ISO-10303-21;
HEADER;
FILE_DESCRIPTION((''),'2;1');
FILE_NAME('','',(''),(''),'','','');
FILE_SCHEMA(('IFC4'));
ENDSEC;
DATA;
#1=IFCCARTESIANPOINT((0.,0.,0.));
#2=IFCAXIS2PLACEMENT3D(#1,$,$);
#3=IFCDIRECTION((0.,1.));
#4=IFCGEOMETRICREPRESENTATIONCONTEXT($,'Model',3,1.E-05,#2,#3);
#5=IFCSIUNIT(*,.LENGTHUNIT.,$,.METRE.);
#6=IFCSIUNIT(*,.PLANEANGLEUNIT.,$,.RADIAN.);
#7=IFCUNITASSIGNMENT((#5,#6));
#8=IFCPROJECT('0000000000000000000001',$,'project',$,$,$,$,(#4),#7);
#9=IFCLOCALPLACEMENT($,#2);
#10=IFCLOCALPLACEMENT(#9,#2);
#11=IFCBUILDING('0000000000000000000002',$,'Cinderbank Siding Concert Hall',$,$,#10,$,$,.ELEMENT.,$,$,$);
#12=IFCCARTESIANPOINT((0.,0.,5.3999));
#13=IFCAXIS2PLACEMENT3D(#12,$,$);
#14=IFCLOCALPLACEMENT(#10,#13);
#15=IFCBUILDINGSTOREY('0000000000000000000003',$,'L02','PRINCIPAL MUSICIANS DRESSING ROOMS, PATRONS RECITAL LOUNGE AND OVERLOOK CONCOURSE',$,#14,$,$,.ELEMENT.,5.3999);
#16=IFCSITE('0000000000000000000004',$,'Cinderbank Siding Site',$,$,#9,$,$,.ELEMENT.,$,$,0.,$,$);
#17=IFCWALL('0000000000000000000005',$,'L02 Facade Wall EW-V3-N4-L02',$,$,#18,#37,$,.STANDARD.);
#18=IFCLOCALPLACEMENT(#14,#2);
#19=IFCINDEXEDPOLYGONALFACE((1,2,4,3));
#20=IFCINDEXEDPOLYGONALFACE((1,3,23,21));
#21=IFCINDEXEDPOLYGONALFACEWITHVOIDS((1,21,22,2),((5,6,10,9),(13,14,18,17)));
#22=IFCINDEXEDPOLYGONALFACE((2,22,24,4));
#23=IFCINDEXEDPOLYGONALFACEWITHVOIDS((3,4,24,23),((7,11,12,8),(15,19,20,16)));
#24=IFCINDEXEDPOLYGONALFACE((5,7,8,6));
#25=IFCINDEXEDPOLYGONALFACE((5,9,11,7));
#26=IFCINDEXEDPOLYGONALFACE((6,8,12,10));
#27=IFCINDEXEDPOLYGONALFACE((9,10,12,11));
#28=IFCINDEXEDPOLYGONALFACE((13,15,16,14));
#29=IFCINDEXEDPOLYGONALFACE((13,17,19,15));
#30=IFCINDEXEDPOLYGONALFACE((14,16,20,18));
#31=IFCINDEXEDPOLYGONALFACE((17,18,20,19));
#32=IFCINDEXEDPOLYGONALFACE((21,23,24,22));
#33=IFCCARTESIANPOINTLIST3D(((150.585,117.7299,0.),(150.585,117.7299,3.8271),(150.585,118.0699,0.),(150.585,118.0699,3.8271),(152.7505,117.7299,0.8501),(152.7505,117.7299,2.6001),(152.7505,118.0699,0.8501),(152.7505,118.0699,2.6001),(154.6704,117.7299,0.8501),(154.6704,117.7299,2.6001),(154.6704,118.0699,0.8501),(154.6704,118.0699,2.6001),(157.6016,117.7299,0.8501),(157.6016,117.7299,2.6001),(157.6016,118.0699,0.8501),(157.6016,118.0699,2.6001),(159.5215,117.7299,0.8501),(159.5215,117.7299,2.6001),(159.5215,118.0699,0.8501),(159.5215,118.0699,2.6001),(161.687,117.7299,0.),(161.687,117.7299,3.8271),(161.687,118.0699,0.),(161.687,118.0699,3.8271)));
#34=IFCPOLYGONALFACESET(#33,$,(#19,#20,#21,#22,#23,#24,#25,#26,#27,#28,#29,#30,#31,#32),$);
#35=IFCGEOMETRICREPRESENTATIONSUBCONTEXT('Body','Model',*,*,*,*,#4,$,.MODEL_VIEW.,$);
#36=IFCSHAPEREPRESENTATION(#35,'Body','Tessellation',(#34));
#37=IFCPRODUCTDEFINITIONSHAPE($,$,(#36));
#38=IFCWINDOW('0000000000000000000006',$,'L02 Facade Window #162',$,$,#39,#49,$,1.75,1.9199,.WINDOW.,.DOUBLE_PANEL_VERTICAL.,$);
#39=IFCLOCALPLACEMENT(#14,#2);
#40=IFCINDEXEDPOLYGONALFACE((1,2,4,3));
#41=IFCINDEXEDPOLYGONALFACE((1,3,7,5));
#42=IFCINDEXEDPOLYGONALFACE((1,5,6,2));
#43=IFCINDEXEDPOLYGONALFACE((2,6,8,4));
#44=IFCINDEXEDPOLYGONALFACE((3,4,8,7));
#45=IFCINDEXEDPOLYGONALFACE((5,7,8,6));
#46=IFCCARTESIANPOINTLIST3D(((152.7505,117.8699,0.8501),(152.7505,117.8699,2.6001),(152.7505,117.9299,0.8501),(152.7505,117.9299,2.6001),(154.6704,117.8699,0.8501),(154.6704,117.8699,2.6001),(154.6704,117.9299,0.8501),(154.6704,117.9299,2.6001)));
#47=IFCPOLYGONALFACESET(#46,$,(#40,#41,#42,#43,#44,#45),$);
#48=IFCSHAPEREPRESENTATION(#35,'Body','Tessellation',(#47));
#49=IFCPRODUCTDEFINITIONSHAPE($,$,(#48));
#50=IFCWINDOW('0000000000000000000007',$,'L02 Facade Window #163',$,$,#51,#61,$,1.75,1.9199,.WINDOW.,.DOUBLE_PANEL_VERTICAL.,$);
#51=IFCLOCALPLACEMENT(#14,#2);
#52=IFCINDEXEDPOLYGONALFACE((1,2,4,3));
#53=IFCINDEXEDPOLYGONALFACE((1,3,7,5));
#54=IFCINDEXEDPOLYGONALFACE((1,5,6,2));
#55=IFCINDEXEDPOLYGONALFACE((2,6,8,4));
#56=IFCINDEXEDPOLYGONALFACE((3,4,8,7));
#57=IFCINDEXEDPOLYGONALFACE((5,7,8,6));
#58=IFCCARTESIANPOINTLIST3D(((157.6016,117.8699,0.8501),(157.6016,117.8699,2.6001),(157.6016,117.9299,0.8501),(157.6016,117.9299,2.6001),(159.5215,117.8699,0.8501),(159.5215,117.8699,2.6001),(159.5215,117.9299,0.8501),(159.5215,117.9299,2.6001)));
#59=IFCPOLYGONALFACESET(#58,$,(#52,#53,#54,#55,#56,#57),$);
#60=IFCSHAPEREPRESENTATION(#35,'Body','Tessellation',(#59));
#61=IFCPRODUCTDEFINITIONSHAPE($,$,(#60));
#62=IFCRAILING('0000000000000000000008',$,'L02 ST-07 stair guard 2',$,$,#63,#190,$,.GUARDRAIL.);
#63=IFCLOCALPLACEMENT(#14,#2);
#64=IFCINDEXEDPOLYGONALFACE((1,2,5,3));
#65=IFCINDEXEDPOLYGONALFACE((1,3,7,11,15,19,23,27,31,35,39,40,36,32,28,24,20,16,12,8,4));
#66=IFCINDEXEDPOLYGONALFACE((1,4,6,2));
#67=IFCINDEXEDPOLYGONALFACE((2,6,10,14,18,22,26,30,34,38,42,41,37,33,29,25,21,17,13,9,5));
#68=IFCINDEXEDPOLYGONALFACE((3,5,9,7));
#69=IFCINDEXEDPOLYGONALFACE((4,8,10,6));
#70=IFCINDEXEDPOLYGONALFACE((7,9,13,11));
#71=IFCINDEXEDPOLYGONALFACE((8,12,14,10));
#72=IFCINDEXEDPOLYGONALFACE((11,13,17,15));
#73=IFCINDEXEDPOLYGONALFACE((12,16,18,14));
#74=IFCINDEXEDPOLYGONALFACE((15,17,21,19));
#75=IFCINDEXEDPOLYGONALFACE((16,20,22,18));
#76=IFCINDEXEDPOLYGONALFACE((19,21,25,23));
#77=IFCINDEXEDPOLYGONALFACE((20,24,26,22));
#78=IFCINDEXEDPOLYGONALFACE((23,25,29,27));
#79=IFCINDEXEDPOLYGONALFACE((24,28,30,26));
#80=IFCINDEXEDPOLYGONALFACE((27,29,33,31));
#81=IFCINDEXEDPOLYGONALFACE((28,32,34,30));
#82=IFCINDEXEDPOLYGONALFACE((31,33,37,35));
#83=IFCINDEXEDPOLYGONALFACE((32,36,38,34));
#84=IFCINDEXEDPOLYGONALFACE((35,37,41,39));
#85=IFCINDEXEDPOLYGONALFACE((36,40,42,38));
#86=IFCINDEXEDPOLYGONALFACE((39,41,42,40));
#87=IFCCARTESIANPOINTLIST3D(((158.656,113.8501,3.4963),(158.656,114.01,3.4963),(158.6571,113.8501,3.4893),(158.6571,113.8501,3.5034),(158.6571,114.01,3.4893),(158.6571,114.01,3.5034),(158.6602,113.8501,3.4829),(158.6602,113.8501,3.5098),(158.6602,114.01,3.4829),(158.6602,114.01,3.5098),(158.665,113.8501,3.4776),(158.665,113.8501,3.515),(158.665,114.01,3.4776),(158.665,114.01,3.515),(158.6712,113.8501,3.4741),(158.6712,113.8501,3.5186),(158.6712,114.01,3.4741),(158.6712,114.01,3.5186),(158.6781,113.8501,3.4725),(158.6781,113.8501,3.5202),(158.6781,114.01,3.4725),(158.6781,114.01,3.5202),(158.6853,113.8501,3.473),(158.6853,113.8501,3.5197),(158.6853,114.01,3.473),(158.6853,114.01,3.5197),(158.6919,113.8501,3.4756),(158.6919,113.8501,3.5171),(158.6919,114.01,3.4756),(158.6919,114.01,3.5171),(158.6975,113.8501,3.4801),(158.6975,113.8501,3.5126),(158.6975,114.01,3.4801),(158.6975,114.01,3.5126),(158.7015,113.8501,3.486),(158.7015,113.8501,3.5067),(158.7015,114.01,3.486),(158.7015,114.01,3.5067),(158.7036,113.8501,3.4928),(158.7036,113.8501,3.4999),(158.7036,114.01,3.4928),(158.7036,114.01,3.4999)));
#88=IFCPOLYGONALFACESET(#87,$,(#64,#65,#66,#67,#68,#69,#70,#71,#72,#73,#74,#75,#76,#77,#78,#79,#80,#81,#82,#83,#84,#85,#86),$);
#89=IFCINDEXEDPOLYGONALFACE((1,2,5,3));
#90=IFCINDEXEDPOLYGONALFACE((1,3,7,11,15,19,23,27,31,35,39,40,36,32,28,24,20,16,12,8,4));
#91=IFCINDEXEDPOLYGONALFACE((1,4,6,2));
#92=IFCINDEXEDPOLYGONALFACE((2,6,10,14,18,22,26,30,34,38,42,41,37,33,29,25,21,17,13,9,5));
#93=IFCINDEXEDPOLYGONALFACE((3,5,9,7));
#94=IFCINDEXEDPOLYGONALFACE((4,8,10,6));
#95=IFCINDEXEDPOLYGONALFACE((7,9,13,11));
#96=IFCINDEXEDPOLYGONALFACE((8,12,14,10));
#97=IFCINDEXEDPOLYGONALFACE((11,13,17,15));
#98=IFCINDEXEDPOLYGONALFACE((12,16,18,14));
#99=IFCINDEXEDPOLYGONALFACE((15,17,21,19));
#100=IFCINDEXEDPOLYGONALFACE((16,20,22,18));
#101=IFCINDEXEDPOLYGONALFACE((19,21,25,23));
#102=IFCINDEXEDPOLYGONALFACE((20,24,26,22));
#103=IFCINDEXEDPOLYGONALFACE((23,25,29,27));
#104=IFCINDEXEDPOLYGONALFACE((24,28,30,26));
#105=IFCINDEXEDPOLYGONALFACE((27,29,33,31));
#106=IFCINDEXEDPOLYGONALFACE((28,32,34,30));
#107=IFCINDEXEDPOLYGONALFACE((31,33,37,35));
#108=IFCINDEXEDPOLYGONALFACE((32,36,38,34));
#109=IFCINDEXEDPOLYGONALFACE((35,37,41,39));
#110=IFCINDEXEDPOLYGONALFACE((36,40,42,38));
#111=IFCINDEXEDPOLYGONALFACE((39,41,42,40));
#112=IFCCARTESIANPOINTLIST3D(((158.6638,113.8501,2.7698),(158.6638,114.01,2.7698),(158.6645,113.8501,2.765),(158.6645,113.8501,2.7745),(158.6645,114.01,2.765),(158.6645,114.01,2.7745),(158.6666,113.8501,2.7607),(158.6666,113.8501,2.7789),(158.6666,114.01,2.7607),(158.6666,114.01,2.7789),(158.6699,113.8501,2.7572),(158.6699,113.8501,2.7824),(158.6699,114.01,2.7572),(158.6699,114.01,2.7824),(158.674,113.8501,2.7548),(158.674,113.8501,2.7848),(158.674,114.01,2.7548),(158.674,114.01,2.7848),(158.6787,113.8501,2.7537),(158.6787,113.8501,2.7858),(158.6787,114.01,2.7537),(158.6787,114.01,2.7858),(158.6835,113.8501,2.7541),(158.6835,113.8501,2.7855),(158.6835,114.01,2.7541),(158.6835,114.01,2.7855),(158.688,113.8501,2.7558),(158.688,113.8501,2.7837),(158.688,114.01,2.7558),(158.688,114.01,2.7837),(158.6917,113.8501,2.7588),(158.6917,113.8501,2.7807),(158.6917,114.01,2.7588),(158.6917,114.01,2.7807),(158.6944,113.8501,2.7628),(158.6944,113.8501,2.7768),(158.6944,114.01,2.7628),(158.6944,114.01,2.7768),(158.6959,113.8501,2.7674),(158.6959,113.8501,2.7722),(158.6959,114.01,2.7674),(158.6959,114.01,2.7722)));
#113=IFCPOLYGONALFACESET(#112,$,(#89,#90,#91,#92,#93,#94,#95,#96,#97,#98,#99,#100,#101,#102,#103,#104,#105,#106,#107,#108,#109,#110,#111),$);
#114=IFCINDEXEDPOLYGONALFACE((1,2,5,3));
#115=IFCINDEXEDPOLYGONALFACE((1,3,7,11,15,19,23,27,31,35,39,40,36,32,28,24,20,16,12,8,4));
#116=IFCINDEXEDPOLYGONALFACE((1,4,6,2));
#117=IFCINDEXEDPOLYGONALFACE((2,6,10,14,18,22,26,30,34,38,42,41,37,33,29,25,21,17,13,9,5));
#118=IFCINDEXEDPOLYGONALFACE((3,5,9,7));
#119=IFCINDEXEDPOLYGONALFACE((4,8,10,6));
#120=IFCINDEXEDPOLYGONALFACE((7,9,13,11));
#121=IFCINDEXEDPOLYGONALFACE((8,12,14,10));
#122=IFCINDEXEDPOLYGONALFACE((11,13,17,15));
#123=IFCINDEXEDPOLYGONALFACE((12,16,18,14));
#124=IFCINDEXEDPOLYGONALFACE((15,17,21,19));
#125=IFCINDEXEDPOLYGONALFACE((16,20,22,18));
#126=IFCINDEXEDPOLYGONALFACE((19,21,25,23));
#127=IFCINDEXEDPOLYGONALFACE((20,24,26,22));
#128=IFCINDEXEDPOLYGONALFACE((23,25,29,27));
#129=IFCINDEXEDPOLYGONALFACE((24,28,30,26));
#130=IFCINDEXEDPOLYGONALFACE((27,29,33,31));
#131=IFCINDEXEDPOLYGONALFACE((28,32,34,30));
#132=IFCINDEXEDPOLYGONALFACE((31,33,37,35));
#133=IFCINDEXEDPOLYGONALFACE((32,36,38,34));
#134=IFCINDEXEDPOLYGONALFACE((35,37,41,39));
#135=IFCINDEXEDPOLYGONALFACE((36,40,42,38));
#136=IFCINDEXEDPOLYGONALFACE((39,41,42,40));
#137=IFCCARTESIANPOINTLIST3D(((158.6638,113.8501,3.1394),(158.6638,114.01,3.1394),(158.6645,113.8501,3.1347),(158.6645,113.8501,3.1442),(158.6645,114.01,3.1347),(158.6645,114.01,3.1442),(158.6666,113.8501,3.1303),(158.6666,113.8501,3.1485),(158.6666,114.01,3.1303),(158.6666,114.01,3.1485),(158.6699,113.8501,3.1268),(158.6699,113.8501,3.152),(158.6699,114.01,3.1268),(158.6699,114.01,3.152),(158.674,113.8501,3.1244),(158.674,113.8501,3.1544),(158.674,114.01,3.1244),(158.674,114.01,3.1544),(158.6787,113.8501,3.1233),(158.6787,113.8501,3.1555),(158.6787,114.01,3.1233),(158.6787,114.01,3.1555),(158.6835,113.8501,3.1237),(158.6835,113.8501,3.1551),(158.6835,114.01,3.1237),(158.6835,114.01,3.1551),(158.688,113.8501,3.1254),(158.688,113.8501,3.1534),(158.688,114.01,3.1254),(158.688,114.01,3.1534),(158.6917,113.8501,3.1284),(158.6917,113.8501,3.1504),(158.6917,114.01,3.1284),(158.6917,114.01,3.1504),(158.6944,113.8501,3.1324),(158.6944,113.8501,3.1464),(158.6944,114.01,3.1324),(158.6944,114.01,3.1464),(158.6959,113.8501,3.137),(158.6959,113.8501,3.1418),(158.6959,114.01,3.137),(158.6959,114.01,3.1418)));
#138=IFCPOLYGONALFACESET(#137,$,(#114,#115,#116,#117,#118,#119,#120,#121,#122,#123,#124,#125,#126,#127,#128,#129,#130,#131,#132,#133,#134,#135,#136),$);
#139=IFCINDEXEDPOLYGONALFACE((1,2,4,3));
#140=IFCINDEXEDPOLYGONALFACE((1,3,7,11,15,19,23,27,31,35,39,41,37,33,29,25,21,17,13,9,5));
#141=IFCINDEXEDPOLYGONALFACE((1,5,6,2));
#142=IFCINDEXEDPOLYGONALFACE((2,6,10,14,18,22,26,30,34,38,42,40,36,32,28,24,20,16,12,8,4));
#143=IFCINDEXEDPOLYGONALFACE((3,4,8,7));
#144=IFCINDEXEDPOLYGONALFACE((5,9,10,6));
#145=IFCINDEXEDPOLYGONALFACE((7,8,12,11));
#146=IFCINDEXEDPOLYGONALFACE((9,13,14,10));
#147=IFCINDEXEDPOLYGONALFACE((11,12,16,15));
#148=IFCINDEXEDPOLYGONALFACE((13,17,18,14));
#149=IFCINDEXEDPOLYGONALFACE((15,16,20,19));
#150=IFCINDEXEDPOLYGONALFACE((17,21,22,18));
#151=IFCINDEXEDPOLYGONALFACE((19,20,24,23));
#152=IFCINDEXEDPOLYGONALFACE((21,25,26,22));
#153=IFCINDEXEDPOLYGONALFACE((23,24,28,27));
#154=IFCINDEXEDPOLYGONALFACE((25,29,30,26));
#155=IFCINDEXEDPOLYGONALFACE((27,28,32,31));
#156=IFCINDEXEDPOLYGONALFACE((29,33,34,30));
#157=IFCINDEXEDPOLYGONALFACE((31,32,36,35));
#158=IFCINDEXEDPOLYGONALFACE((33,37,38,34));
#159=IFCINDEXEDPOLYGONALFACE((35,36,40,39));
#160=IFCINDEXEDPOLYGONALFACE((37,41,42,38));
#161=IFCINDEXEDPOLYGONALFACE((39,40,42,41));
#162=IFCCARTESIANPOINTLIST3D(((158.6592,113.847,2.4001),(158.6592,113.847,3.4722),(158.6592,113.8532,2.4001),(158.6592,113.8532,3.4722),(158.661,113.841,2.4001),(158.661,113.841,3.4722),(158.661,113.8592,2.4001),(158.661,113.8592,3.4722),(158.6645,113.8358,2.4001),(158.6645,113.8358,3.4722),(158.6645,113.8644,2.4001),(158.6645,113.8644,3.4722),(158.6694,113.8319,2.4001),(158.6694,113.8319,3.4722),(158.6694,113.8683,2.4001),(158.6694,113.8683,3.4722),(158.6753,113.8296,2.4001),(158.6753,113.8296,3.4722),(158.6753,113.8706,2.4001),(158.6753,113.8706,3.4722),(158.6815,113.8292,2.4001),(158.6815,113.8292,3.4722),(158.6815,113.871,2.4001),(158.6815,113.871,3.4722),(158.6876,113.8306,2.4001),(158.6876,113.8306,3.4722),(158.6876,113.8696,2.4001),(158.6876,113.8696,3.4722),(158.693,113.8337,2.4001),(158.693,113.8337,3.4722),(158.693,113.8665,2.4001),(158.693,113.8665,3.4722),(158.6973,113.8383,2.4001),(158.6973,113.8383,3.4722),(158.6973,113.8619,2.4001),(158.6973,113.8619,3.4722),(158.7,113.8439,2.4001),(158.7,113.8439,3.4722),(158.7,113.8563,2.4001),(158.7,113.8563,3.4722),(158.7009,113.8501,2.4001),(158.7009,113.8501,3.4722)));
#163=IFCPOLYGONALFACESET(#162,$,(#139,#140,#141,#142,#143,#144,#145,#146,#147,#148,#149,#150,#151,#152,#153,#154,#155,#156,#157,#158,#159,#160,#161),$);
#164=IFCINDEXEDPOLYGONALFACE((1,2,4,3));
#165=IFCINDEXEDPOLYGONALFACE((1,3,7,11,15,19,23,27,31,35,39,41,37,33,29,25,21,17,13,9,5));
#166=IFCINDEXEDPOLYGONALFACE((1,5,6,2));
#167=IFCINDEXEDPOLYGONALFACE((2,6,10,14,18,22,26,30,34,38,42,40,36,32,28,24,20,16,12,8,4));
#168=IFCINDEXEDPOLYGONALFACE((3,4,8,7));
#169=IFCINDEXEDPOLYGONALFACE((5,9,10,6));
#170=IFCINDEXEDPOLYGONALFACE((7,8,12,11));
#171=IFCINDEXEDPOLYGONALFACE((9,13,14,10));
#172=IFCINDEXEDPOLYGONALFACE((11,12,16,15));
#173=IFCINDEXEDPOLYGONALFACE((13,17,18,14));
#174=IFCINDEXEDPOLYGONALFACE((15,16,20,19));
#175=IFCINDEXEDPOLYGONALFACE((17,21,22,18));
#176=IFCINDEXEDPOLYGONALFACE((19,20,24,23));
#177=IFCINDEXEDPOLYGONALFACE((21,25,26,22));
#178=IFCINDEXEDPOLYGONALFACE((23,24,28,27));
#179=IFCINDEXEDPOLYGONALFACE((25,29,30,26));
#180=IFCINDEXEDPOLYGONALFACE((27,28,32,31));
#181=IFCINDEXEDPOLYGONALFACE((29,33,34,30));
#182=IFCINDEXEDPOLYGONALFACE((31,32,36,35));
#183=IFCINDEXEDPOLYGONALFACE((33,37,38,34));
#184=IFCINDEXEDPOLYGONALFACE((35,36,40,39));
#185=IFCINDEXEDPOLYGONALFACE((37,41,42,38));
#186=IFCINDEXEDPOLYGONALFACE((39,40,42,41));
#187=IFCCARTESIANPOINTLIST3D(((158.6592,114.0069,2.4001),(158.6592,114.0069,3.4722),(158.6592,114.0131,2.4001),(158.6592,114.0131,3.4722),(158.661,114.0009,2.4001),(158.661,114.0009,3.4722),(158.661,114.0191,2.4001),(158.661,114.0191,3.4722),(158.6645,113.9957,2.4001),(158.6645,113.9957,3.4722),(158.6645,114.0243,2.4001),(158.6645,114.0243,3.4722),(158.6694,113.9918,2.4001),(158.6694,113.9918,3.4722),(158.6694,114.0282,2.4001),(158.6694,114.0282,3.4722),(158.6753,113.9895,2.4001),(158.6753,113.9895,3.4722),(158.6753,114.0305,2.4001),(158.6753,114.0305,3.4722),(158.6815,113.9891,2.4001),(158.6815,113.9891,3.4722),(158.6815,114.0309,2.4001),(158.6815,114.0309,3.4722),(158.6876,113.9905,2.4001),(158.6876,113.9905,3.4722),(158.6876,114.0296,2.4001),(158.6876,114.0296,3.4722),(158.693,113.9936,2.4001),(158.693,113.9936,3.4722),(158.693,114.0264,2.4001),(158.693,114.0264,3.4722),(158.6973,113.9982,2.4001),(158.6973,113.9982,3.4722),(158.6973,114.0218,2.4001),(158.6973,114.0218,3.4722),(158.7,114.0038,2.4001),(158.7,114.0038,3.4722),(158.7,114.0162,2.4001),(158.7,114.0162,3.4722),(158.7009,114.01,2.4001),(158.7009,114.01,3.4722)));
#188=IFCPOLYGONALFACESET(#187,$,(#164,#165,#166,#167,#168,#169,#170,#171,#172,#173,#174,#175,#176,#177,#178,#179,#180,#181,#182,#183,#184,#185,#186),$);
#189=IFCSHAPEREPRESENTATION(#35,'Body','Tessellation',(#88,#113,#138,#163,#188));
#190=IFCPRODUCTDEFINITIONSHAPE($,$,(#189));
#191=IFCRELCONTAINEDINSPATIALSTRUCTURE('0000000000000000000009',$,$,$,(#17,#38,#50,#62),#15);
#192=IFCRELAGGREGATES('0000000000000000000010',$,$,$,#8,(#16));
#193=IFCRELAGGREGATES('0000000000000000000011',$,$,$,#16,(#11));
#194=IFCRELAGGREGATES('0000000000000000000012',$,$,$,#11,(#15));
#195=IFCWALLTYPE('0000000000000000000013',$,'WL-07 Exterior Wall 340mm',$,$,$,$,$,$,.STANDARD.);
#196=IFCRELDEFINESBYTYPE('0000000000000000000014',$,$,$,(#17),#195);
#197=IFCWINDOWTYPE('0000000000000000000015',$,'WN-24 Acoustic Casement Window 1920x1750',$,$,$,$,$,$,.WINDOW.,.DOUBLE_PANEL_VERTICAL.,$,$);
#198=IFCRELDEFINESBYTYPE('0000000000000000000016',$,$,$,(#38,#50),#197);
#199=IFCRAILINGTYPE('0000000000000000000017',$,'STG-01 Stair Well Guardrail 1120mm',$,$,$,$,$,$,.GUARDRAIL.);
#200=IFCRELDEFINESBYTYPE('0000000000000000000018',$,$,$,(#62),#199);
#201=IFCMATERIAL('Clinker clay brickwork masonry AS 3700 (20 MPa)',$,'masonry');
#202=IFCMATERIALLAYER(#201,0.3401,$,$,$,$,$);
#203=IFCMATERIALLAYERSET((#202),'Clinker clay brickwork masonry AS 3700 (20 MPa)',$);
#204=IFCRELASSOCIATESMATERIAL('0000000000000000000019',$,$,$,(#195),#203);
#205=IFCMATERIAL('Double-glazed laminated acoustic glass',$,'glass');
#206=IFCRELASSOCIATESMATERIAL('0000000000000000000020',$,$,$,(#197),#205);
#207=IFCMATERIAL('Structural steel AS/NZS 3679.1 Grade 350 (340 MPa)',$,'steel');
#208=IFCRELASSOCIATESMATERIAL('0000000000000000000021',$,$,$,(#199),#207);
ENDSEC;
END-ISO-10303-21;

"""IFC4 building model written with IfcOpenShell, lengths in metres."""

from ifc_helpers import new_model, si_unit, direction, frame, frame_2d, origin, origin_2d, place, context, subcontext, project, spatial, rectangle, circle, extrude, material, layer, layer_set, type_object, element, fill, save


model = new_model("IFC4")

# Units and contexts
model_context = context("Model", 3, precision=1e-05, world=origin(), true_north=direction((0.0, 1.0)))
body_context = subcontext(model_context, "Body", "Model", "MODEL_VIEW")
ifc_project = project(units=[si_unit("LENGTHUNIT", "METRE"), si_unit("PLANEANGLEUNIT", "RADIAN")], contexts=[model_context])

# Site, building, storey
site_placement = place(None, origin())
site = spatial("IfcSite", under=ifc_project, at=site_placement, Name="Cinderbank Siding Site", CompositionType="ELEMENT", RefElevation=0.0)
building_placement = place(site_placement, origin())
building = spatial("IfcBuilding", under=site, at=building_placement, Name="Cinderbank Siding Concert Hall", CompositionType="ELEMENT")
storey_placement = place(building_placement, frame((0.0, 0.0, 5.3999)))
storey = spatial("IfcBuildingStorey", under=building, at=storey_placement, Name="L02", Description="PRINCIPAL MUSICIANS DRESSING ROOMS, PATRONS RECITAL LOUNGE AND OVERLOOK CONCOURSE", CompositionType="ELEMENT", Elevation=5.3999)

# Shared definitions
ifc_material_1 = material(Name="Structural steel AS/NZS 3679.1 Grade 350 (340 MPa)", Category="steel")

# Wall, openings, windows
ifc_material_2 = material(Name="Clinker clay brickwork masonry AS 3700 (20 MPa)", Category="masonry")
ifc_layer_1 = layer(ifc_material_2, 0.3401)
ifc_layer_set_1 = layer_set([ifc_layer_1], Name="Clinker clay brickwork masonry AS 3700 (20 MPa)")
wall_type_1 = type_object("IfcWallType", Name="WL-07 Exterior Wall 340mm", PredefinedType="STANDARD", material=ifc_layer_set_1)
wall_1_placement = place(storey_placement, frame((150.585, 117.8999, 0.0), z_axis=(0.0, 0.0, 1.0), x_axis=(1.0, 0.0, 0.0)))
wall_1 = element("IfcWall", 1, at=wall_1_placement, inside=storey, type_object=wall_type_1, Name="L02 Facade Wall EW-V3-N4-L02", PredefinedType="STANDARD", context=body_context, shape_type="SweptSolid", body=[
    extrude(rectangle(XDim=11.1021, YDim=0.3401, at=frame_2d((5.551, 0.0))), origin(), (0.0, 0.0, 1.0), 3.8271),
])
opening_1_placement = place(wall_1_placement, frame((2.1655, 0.0, 0.8501)))
opening_1 = element("IfcOpeningElement", 2, at=opening_1_placement, cuts=wall_1, PredefinedType="OPENING", context=body_context, shape_type="SweptSolid", body=[
    extrude(rectangle(XDim=1.9199, YDim=1.75, at=frame_2d((0.96, 0.875))), frame((0.0, 0.1821, 0.0), z_axis=(0.0, -1.0, 0.0), x_axis=(1.0, 0.0, 0.0)), (0.0, 0.0, 1.0), 0.364),
])
opening_2_placement = place(wall_1_placement, frame((7.0166, 0.0, 0.8501)))
opening_2 = element("IfcOpeningElement", 3, at=opening_2_placement, cuts=wall_1, PredefinedType="OPENING", context=body_context, shape_type="SweptSolid", body=[
    extrude(rectangle(XDim=1.9199, YDim=1.75, at=frame_2d((0.96, 0.875))), frame((0.0, 0.1821, 0.0), z_axis=(0.0, -1.0, 0.0), x_axis=(1.0, 0.0, 0.0)), (0.0, 0.0, 1.0), 0.364),
])
ifc_material_3 = material(Name="Double-glazed laminated acoustic glass", Category="glass")
window_type = type_object("IfcWindowType", Name="WN-24 Acoustic Casement Window 1920x1750", PartitioningType="DOUBLE_PANEL_VERTICAL", PredefinedType="WINDOW", material=ifc_material_3)
window_1_placement = place(opening_1_placement, origin())
window_1 = element("IfcWindow", 4, at=window_1_placement, inside=storey, type_object=window_type, Name="L02 Facade Window #162", OverallHeight=1.75, OverallWidth=1.9199, PartitioningType="DOUBLE_PANEL_VERTICAL", PredefinedType="WINDOW", context=body_context, shape_type="SweptSolid", body=[
    extrude(rectangle(XDim=1.9199, YDim=1.75, at=frame_2d((0.96, 0.875))), frame((0.0, 0.03, 0.0), z_axis=(0.0, -1.0, 0.0), x_axis=(1.0, 0.0, 0.0)), (0.0, 0.0, 1.0), 0.0601),
])
fill(opening_1, window_1)
window_2_placement = place(opening_2_placement, origin())
window_2 = element("IfcWindow", 5, at=window_2_placement, inside=storey, type_object=window_type, Name="L02 Facade Window #163", OverallHeight=1.75, OverallWidth=1.9199, PartitioningType="DOUBLE_PANEL_VERTICAL", PredefinedType="WINDOW", context=body_context, shape_type="SweptSolid", body=[
    extrude(rectangle(XDim=1.9199, YDim=1.75, at=frame_2d((0.96, 0.875))), frame((0.0, 0.03, 0.0), z_axis=(0.0, -1.0, 0.0), x_axis=(1.0, 0.0, 0.0)), (0.0, 0.0, 1.0), 0.0601),
])
fill(opening_2, window_2)

# Railing
railing_type_1 = type_object("IfcRailingType", Name="STG-01 Stair Well Guardrail 1120mm", PredefinedType="GUARDRAIL", material=ifc_material_1)
railing_1_placement = place(storey_placement, frame((158.6799, 113.8501, 2.4001)))
element("IfcRailing", 6, at=railing_1_placement, inside=storey, type_object=railing_type_1, Name="L02 ST-07 stair guard 2", PredefinedType="GUARDRAIL", context=body_context, shape_type="SweptSolid", body=[
    extrude(circle(Radius=0.0239, at=origin_2d()), frame((0.0, 0.0, 1.0962), z_axis=(0.0, 1.0, 0.0), x_axis=(-1.0, 0.0, 0.0)), (0.0, 0.0, 1.0), 0.1599),
    extrude(circle(Radius=0.0161, at=origin_2d()), frame((0.0, 0.0, 0.3696), z_axis=(0.0, 1.0, 0.0), x_axis=(-1.0, 0.0, 0.0)), (0.0, 0.0, 1.0), 0.1599),
    extrude(circle(Radius=0.0161, at=origin_2d()), frame((0.0, 0.0, 0.7393), z_axis=(0.0, 1.0, 0.0), x_axis=(-1.0, 0.0, 0.0)), (0.0, 0.0, 1.0), 0.1599),
    extrude(circle(Radius=0.021, at=origin_2d()), origin(), (0.0, 0.0, 1.0), 1.072),
    extrude(circle(Radius=0.021, at=origin_2d()), frame((0.0, 0.1599, 0.0)), (0.0, 0.0, 1.0), 1.072),
])

save(model, "model.ifc")
